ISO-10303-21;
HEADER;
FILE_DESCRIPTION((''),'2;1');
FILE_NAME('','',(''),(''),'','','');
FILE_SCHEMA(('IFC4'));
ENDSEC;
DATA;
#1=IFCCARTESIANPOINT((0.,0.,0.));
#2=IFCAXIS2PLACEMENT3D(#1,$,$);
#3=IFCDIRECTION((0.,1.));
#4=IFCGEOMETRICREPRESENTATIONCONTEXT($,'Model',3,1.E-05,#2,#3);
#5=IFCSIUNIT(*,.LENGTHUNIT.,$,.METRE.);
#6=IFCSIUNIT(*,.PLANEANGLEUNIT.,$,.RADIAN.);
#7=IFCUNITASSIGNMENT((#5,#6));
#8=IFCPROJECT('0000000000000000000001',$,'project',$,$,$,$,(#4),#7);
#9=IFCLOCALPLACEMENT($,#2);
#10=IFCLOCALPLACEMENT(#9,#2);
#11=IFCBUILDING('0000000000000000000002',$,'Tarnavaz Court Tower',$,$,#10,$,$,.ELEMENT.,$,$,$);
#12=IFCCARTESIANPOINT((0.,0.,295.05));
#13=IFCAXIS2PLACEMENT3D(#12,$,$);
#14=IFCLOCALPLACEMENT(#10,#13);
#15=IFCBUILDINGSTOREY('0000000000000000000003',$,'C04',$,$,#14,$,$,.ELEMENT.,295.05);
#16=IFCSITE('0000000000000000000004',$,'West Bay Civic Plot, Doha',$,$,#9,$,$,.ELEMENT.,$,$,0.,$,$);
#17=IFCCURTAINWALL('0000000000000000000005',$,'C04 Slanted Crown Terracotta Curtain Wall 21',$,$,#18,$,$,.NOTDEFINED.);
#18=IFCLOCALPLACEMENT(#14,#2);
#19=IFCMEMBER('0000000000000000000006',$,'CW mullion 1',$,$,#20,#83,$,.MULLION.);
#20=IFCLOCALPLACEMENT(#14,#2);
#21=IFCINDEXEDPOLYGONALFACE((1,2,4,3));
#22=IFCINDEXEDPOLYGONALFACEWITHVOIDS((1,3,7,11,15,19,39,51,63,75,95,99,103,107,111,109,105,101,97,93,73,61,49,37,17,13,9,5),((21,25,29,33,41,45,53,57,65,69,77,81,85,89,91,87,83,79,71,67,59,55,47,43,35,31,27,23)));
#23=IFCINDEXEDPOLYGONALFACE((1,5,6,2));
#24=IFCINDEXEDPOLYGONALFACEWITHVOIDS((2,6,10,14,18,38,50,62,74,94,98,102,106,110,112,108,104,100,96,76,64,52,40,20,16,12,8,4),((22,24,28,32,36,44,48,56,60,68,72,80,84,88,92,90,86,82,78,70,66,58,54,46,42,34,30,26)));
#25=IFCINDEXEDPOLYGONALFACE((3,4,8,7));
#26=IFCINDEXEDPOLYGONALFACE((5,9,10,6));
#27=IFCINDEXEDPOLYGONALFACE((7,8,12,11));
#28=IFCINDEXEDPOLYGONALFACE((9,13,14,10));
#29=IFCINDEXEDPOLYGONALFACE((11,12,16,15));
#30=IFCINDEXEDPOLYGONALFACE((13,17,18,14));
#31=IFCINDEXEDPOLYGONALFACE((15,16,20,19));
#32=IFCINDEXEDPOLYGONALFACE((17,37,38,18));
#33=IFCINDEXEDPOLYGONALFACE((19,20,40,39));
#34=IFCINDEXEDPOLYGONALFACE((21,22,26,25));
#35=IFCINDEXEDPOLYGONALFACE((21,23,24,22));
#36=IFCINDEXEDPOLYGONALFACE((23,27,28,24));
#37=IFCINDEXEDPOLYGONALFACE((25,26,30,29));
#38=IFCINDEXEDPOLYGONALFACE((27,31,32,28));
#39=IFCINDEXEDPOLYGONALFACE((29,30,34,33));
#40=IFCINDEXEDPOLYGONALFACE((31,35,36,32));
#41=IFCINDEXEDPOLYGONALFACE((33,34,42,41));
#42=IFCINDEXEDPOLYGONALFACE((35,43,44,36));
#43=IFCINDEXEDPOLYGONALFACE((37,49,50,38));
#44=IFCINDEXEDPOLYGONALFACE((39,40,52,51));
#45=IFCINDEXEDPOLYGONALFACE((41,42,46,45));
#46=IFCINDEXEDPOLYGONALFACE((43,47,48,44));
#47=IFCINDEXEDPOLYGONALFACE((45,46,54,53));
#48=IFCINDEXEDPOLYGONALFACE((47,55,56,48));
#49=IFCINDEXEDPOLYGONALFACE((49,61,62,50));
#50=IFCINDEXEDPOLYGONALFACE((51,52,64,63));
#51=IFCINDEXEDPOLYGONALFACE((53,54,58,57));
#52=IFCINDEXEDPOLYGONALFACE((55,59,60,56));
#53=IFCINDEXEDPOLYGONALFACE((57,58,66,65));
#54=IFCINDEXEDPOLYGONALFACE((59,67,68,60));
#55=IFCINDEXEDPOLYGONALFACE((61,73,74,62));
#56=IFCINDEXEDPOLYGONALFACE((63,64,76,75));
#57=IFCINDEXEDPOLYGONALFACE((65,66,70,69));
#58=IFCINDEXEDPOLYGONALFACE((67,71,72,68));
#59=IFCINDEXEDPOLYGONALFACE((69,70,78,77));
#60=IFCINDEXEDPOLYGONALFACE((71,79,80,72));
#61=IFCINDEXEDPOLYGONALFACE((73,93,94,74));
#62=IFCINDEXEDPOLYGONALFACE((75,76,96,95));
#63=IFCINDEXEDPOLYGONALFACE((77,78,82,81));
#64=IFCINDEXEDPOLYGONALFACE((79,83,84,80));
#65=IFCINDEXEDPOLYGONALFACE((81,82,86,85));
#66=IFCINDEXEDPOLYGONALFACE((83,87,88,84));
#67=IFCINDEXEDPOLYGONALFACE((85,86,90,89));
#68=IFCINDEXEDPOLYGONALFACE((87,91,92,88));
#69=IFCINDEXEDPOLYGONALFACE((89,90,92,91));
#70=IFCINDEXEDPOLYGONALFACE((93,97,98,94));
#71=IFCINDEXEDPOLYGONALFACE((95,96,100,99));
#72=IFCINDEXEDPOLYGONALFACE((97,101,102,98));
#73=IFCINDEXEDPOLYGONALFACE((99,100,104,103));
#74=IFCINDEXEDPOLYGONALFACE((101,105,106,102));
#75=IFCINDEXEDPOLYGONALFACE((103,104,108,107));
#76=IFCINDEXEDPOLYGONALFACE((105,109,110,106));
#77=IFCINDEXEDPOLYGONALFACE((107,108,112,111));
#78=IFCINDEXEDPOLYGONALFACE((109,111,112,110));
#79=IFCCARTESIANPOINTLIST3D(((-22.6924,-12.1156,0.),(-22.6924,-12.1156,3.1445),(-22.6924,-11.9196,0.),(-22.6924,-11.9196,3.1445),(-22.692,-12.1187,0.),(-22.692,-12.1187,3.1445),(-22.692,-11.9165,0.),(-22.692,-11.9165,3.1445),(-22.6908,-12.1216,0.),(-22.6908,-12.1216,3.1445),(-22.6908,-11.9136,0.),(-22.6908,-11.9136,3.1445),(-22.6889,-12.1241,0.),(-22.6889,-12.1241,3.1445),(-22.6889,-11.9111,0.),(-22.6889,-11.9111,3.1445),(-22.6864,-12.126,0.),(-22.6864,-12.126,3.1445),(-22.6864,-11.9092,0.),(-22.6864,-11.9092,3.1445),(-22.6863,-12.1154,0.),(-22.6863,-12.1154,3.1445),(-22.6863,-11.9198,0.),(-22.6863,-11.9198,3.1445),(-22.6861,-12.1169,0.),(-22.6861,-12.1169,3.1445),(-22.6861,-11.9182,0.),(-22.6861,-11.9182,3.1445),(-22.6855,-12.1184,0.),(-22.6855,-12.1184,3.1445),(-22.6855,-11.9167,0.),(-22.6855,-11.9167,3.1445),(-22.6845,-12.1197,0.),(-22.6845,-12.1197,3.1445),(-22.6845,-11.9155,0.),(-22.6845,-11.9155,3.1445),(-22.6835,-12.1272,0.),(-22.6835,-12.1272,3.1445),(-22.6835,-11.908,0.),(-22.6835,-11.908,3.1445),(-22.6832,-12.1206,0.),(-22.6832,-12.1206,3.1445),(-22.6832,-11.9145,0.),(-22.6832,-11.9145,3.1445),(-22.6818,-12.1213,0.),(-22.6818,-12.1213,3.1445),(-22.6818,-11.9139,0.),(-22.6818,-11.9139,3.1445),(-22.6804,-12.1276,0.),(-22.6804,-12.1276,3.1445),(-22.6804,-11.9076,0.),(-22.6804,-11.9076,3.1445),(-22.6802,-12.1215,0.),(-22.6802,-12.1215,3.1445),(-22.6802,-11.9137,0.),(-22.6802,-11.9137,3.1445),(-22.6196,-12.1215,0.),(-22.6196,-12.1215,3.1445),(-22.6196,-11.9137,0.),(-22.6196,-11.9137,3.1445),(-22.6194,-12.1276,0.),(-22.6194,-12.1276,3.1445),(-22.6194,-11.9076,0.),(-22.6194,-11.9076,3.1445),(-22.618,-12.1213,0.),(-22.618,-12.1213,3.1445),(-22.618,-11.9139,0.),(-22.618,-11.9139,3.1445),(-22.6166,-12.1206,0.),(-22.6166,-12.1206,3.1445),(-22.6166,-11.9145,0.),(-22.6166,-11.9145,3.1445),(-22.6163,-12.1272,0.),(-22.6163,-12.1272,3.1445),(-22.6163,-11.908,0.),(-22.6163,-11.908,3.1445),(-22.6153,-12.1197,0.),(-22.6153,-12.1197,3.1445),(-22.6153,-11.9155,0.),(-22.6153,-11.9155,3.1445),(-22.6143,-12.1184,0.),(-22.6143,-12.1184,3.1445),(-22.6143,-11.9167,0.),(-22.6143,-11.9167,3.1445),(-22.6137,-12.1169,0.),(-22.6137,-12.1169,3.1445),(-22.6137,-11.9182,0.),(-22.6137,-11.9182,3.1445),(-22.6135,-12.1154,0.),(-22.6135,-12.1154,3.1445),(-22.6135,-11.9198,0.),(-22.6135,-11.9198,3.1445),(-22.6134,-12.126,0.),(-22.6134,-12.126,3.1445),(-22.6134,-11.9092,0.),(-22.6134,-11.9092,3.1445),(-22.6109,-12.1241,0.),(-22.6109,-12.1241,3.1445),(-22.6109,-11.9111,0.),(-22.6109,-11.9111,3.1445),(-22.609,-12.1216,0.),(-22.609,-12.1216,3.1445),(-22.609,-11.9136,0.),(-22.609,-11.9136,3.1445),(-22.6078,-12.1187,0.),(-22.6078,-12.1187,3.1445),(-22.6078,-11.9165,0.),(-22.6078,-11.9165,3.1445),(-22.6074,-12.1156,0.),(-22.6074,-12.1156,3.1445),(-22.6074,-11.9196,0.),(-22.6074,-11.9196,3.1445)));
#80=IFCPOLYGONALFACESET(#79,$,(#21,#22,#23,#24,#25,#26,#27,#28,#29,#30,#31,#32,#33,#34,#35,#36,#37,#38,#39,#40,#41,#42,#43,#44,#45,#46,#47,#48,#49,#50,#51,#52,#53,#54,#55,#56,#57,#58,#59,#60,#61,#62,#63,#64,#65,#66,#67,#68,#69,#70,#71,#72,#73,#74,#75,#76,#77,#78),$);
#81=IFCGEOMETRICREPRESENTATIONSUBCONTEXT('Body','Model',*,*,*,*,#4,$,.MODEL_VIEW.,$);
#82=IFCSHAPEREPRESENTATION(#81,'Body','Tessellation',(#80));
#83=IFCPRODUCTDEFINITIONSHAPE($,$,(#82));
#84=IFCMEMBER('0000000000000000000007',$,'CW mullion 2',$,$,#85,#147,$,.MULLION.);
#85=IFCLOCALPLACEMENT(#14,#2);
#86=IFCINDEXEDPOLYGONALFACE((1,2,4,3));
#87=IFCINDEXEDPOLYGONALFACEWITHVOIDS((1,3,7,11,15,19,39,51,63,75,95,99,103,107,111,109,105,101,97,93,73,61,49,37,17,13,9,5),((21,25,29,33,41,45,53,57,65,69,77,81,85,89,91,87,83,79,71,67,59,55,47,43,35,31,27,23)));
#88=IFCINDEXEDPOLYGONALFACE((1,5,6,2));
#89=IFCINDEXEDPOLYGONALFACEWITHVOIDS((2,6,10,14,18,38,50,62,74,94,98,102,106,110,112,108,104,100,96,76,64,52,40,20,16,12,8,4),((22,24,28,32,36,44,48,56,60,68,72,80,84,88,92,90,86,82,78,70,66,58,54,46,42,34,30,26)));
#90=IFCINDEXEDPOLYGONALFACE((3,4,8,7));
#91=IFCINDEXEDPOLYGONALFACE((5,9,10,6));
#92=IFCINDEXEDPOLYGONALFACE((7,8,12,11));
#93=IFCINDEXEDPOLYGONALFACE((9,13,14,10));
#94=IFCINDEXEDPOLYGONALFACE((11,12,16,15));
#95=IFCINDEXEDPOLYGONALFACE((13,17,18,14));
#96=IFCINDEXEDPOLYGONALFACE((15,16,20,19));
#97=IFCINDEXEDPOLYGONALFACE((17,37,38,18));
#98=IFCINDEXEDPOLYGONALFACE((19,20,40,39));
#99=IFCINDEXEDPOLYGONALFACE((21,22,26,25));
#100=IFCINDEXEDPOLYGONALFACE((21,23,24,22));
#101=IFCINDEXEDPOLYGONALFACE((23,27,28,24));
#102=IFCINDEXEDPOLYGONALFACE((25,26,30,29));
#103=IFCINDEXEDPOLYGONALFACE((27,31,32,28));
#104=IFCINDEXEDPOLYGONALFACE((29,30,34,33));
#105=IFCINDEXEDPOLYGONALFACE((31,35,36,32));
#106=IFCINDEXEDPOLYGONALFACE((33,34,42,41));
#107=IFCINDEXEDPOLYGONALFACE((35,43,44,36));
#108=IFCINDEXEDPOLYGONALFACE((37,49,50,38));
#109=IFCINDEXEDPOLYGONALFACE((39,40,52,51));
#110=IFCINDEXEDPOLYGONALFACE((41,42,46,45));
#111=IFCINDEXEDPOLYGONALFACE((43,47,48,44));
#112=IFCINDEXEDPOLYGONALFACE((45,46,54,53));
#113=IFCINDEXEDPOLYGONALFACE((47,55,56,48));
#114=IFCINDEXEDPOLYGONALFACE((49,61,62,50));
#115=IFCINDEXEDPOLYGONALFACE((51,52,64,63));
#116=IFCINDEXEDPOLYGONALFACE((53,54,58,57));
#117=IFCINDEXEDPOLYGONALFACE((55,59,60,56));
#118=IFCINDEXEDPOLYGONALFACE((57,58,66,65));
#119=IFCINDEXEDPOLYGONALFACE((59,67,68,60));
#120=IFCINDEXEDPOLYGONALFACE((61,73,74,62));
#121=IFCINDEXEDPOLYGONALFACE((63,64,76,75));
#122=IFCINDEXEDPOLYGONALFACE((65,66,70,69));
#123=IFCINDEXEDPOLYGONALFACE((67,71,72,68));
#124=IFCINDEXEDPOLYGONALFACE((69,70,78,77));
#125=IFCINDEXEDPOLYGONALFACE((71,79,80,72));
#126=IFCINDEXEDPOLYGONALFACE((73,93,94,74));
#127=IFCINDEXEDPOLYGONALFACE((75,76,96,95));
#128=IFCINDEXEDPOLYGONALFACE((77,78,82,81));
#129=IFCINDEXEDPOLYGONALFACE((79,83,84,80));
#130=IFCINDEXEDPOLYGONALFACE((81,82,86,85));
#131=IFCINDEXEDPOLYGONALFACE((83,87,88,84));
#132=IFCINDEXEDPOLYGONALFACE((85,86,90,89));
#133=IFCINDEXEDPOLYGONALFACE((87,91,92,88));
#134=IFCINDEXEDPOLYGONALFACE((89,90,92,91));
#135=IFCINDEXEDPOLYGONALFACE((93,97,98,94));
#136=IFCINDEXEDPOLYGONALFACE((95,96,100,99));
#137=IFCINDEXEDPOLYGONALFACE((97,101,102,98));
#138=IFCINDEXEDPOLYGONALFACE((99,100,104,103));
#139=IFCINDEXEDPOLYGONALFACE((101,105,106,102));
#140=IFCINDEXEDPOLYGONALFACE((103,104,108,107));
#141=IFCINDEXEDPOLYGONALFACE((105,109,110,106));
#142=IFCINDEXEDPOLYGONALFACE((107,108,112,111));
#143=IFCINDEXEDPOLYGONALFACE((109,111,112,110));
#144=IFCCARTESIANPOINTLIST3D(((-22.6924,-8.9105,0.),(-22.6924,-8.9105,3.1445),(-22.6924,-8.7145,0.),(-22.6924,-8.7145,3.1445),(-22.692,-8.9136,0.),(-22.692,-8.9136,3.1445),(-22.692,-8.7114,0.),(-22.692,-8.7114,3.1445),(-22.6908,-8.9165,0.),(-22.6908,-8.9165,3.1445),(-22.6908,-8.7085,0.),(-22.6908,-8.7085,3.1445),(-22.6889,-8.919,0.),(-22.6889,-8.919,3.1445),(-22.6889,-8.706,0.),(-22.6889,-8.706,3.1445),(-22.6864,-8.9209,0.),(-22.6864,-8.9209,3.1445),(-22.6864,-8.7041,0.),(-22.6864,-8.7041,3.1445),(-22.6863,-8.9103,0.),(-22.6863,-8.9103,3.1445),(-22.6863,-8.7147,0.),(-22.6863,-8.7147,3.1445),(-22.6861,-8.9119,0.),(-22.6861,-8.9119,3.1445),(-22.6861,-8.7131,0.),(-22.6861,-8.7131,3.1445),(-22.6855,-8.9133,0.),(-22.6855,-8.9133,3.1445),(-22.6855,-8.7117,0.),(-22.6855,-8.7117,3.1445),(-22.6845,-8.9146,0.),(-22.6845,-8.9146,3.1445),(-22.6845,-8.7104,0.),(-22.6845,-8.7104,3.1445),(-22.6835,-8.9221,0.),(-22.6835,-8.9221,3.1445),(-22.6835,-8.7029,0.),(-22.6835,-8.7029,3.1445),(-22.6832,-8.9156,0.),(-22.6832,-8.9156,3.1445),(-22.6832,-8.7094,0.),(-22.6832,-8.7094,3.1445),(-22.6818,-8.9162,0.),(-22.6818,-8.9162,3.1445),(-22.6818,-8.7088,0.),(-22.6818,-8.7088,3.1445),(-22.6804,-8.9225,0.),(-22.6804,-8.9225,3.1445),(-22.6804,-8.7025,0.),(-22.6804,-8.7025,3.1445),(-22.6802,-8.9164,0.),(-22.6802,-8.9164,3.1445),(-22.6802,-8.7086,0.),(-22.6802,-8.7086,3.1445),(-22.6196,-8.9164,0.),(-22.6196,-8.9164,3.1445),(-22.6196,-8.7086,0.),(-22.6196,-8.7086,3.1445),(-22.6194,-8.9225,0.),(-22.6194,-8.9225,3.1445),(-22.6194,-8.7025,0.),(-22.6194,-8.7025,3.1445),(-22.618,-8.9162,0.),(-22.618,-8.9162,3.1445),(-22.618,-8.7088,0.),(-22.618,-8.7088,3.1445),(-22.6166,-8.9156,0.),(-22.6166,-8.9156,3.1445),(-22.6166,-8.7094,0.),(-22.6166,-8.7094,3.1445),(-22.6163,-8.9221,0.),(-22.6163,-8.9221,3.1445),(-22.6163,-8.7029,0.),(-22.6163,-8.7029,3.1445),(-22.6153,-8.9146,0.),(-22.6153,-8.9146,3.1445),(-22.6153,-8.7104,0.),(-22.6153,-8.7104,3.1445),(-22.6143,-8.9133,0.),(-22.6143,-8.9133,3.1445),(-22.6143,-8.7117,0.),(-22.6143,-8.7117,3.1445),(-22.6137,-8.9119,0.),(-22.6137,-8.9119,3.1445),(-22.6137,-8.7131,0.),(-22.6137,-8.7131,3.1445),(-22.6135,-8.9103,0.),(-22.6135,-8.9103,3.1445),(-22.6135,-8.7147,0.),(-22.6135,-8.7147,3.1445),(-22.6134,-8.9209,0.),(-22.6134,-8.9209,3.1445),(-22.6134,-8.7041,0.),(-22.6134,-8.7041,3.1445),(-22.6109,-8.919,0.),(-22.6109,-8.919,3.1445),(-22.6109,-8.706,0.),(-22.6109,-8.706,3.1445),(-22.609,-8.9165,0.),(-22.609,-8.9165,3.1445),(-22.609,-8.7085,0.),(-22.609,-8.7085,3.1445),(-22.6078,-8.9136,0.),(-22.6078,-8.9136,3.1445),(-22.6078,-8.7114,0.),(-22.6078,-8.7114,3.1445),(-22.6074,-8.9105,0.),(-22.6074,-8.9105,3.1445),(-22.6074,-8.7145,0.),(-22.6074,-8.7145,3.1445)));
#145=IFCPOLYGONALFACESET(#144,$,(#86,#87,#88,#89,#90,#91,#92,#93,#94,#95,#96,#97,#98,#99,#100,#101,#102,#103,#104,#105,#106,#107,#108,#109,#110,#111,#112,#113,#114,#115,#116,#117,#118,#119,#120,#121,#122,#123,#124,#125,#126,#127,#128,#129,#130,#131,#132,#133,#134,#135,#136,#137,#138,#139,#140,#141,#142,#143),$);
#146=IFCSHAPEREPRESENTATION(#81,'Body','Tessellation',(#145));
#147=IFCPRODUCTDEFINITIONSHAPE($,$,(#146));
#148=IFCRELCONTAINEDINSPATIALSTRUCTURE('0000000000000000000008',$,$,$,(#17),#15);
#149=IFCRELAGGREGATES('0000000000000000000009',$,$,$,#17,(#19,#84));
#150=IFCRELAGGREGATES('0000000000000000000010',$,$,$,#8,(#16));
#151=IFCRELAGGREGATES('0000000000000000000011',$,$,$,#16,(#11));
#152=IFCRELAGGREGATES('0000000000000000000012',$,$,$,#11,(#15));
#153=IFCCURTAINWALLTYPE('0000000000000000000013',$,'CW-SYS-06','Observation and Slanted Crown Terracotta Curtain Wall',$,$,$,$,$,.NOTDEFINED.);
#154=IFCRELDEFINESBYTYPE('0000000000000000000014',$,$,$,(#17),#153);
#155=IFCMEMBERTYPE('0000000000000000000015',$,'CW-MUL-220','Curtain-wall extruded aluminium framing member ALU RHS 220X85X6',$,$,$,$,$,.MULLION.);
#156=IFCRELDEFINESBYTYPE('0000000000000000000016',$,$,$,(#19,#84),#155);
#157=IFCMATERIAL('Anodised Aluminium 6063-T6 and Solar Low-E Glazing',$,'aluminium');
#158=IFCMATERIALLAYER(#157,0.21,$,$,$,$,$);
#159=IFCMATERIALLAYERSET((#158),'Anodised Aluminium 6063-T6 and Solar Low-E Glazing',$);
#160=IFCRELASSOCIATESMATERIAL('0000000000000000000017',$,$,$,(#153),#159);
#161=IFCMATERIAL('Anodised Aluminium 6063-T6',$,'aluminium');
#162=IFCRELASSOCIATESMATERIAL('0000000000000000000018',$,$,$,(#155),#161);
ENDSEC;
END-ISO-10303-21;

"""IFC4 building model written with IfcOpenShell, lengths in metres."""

from ifc_helpers import new_model, si_unit, direction, frame, origin, origin_2d, place, context, subcontext, project, spatial, hollow_rectangle, extrude, material, layer, layer_set, material_profile, profile_set, type_object, element, aggregate, save


model = new_model("IFC4")

# Units and contexts
model_context = context("Model", 3, precision=1e-05, world=origin(), true_north=direction((0.0, 1.0)))
body_context = subcontext(model_context, "Body", "Model", "MODEL_VIEW")
ifc_project = project(units=[si_unit("LENGTHUNIT", "METRE"), si_unit("PLANEANGLEUNIT", "RADIAN")], contexts=[model_context])

# Site, building, storey
site_placement = place(None, origin())
site = spatial("IfcSite", under=ifc_project, at=site_placement, Name="West Bay Civic Plot, Doha", CompositionType="ELEMENT", RefElevation=0.0)
building_placement = place(site_placement, origin())
building = spatial("IfcBuilding", under=site, at=building_placement, Name="Tarnavaz Court Tower", CompositionType="ELEMENT")
storey_placement = place(building_placement, frame((0.0, 0.0, 295.05)))
storey = spatial("IfcBuildingStorey", under=building, at=storey_placement, Name="C04", CompositionType="ELEMENT", Elevation=295.05)

# Curtain wall, members
ifc_material_1 = material(Name="Anodised Aluminium 6063-T6 and Solar Low-E Glazing", Category="aluminium")
ifc_layer_1 = layer(ifc_material_1, 0.21)
ifc_layer_set_1 = layer_set([ifc_layer_1], Name="Anodised Aluminium 6063-T6 and Solar Low-E Glazing")
curtain_wall_type = type_object("IfcCurtainWallType", Name="CW-SYS-06", Description="Observation and Slanted Crown Terracotta Curtain Wall", PredefinedType="NOTDEFINED", material=ifc_layer_set_1)
ifc_material_2 = material(Name="Anodised Aluminium 6063-T6", Category="aluminium")
ifc_material_profile_1 = material_profile(ifc_material_2, hollow_rectangle(XDim=0.085, YDim=0.22, WallThickness=0.0061, InnerFilletRadius=0.0061, OuterFilletRadius=0.012, at=origin_2d()), Name="ALU RHS 220X85X6")
ifc_profile_set_1 = profile_set([ifc_material_profile_1], Name="Anodised Aluminium 6063-T6")
member_type_1 = type_object("IfcMemberType", Name="CW-MUL-220", Description="Curtain-wall extruded aluminium framing member ALU RHS 220X85X6", PredefinedType="MULLION", material=ifc_profile_set_1)
curtain_wall_1_placement = place(storey_placement, origin())
curtain_wall_1 = element("IfcCurtainWall", 1, at=curtain_wall_1_placement, inside=storey, type_object=curtain_wall_type, Name="C04 Slanted Crown Terracotta Curtain Wall 21", PredefinedType="NOTDEFINED")
member_1_placement = place(storey_placement, frame((-22.6499, -12.0176, 0.0), z_axis=(0.0, 0.0, 1.0), x_axis=(-1.0, 0.0, 0.0)))
member_1 = element("IfcMember", 2, at=member_1_placement, type_object=member_type_1, Name="CW mullion 1", PredefinedType="MULLION", context=body_context, shape_type="SweptSolid", body=[
    extrude(hollow_rectangle(XDim=0.085, YDim=0.22, WallThickness=0.0061, InnerFilletRadius=0.0061, OuterFilletRadius=0.012, at=origin_2d()), origin(), (0.0, 0.0, 1.0), 3.1445),
])
member_2_placement = place(storey_placement, frame((-22.6499, -8.8125, 0.0), z_axis=(0.0, 0.0, 1.0), x_axis=(-1.0, 0.0, 0.0)))
member_2 = element("IfcMember", 3, at=member_2_placement, type_object=member_type_1, Name="CW mullion 2", PredefinedType="MULLION", context=body_context, shape_type="SweptSolid", body=[
    extrude(hollow_rectangle(XDim=0.085, YDim=0.22, WallThickness=0.0061, InnerFilletRadius=0.0061, OuterFilletRadius=0.012, at=origin_2d()), origin(), (0.0, 0.0, 1.0), 3.1445),
])

aggregate(curtain_wall_1, [member_1, member_2])

save(model, "model.ifc")
